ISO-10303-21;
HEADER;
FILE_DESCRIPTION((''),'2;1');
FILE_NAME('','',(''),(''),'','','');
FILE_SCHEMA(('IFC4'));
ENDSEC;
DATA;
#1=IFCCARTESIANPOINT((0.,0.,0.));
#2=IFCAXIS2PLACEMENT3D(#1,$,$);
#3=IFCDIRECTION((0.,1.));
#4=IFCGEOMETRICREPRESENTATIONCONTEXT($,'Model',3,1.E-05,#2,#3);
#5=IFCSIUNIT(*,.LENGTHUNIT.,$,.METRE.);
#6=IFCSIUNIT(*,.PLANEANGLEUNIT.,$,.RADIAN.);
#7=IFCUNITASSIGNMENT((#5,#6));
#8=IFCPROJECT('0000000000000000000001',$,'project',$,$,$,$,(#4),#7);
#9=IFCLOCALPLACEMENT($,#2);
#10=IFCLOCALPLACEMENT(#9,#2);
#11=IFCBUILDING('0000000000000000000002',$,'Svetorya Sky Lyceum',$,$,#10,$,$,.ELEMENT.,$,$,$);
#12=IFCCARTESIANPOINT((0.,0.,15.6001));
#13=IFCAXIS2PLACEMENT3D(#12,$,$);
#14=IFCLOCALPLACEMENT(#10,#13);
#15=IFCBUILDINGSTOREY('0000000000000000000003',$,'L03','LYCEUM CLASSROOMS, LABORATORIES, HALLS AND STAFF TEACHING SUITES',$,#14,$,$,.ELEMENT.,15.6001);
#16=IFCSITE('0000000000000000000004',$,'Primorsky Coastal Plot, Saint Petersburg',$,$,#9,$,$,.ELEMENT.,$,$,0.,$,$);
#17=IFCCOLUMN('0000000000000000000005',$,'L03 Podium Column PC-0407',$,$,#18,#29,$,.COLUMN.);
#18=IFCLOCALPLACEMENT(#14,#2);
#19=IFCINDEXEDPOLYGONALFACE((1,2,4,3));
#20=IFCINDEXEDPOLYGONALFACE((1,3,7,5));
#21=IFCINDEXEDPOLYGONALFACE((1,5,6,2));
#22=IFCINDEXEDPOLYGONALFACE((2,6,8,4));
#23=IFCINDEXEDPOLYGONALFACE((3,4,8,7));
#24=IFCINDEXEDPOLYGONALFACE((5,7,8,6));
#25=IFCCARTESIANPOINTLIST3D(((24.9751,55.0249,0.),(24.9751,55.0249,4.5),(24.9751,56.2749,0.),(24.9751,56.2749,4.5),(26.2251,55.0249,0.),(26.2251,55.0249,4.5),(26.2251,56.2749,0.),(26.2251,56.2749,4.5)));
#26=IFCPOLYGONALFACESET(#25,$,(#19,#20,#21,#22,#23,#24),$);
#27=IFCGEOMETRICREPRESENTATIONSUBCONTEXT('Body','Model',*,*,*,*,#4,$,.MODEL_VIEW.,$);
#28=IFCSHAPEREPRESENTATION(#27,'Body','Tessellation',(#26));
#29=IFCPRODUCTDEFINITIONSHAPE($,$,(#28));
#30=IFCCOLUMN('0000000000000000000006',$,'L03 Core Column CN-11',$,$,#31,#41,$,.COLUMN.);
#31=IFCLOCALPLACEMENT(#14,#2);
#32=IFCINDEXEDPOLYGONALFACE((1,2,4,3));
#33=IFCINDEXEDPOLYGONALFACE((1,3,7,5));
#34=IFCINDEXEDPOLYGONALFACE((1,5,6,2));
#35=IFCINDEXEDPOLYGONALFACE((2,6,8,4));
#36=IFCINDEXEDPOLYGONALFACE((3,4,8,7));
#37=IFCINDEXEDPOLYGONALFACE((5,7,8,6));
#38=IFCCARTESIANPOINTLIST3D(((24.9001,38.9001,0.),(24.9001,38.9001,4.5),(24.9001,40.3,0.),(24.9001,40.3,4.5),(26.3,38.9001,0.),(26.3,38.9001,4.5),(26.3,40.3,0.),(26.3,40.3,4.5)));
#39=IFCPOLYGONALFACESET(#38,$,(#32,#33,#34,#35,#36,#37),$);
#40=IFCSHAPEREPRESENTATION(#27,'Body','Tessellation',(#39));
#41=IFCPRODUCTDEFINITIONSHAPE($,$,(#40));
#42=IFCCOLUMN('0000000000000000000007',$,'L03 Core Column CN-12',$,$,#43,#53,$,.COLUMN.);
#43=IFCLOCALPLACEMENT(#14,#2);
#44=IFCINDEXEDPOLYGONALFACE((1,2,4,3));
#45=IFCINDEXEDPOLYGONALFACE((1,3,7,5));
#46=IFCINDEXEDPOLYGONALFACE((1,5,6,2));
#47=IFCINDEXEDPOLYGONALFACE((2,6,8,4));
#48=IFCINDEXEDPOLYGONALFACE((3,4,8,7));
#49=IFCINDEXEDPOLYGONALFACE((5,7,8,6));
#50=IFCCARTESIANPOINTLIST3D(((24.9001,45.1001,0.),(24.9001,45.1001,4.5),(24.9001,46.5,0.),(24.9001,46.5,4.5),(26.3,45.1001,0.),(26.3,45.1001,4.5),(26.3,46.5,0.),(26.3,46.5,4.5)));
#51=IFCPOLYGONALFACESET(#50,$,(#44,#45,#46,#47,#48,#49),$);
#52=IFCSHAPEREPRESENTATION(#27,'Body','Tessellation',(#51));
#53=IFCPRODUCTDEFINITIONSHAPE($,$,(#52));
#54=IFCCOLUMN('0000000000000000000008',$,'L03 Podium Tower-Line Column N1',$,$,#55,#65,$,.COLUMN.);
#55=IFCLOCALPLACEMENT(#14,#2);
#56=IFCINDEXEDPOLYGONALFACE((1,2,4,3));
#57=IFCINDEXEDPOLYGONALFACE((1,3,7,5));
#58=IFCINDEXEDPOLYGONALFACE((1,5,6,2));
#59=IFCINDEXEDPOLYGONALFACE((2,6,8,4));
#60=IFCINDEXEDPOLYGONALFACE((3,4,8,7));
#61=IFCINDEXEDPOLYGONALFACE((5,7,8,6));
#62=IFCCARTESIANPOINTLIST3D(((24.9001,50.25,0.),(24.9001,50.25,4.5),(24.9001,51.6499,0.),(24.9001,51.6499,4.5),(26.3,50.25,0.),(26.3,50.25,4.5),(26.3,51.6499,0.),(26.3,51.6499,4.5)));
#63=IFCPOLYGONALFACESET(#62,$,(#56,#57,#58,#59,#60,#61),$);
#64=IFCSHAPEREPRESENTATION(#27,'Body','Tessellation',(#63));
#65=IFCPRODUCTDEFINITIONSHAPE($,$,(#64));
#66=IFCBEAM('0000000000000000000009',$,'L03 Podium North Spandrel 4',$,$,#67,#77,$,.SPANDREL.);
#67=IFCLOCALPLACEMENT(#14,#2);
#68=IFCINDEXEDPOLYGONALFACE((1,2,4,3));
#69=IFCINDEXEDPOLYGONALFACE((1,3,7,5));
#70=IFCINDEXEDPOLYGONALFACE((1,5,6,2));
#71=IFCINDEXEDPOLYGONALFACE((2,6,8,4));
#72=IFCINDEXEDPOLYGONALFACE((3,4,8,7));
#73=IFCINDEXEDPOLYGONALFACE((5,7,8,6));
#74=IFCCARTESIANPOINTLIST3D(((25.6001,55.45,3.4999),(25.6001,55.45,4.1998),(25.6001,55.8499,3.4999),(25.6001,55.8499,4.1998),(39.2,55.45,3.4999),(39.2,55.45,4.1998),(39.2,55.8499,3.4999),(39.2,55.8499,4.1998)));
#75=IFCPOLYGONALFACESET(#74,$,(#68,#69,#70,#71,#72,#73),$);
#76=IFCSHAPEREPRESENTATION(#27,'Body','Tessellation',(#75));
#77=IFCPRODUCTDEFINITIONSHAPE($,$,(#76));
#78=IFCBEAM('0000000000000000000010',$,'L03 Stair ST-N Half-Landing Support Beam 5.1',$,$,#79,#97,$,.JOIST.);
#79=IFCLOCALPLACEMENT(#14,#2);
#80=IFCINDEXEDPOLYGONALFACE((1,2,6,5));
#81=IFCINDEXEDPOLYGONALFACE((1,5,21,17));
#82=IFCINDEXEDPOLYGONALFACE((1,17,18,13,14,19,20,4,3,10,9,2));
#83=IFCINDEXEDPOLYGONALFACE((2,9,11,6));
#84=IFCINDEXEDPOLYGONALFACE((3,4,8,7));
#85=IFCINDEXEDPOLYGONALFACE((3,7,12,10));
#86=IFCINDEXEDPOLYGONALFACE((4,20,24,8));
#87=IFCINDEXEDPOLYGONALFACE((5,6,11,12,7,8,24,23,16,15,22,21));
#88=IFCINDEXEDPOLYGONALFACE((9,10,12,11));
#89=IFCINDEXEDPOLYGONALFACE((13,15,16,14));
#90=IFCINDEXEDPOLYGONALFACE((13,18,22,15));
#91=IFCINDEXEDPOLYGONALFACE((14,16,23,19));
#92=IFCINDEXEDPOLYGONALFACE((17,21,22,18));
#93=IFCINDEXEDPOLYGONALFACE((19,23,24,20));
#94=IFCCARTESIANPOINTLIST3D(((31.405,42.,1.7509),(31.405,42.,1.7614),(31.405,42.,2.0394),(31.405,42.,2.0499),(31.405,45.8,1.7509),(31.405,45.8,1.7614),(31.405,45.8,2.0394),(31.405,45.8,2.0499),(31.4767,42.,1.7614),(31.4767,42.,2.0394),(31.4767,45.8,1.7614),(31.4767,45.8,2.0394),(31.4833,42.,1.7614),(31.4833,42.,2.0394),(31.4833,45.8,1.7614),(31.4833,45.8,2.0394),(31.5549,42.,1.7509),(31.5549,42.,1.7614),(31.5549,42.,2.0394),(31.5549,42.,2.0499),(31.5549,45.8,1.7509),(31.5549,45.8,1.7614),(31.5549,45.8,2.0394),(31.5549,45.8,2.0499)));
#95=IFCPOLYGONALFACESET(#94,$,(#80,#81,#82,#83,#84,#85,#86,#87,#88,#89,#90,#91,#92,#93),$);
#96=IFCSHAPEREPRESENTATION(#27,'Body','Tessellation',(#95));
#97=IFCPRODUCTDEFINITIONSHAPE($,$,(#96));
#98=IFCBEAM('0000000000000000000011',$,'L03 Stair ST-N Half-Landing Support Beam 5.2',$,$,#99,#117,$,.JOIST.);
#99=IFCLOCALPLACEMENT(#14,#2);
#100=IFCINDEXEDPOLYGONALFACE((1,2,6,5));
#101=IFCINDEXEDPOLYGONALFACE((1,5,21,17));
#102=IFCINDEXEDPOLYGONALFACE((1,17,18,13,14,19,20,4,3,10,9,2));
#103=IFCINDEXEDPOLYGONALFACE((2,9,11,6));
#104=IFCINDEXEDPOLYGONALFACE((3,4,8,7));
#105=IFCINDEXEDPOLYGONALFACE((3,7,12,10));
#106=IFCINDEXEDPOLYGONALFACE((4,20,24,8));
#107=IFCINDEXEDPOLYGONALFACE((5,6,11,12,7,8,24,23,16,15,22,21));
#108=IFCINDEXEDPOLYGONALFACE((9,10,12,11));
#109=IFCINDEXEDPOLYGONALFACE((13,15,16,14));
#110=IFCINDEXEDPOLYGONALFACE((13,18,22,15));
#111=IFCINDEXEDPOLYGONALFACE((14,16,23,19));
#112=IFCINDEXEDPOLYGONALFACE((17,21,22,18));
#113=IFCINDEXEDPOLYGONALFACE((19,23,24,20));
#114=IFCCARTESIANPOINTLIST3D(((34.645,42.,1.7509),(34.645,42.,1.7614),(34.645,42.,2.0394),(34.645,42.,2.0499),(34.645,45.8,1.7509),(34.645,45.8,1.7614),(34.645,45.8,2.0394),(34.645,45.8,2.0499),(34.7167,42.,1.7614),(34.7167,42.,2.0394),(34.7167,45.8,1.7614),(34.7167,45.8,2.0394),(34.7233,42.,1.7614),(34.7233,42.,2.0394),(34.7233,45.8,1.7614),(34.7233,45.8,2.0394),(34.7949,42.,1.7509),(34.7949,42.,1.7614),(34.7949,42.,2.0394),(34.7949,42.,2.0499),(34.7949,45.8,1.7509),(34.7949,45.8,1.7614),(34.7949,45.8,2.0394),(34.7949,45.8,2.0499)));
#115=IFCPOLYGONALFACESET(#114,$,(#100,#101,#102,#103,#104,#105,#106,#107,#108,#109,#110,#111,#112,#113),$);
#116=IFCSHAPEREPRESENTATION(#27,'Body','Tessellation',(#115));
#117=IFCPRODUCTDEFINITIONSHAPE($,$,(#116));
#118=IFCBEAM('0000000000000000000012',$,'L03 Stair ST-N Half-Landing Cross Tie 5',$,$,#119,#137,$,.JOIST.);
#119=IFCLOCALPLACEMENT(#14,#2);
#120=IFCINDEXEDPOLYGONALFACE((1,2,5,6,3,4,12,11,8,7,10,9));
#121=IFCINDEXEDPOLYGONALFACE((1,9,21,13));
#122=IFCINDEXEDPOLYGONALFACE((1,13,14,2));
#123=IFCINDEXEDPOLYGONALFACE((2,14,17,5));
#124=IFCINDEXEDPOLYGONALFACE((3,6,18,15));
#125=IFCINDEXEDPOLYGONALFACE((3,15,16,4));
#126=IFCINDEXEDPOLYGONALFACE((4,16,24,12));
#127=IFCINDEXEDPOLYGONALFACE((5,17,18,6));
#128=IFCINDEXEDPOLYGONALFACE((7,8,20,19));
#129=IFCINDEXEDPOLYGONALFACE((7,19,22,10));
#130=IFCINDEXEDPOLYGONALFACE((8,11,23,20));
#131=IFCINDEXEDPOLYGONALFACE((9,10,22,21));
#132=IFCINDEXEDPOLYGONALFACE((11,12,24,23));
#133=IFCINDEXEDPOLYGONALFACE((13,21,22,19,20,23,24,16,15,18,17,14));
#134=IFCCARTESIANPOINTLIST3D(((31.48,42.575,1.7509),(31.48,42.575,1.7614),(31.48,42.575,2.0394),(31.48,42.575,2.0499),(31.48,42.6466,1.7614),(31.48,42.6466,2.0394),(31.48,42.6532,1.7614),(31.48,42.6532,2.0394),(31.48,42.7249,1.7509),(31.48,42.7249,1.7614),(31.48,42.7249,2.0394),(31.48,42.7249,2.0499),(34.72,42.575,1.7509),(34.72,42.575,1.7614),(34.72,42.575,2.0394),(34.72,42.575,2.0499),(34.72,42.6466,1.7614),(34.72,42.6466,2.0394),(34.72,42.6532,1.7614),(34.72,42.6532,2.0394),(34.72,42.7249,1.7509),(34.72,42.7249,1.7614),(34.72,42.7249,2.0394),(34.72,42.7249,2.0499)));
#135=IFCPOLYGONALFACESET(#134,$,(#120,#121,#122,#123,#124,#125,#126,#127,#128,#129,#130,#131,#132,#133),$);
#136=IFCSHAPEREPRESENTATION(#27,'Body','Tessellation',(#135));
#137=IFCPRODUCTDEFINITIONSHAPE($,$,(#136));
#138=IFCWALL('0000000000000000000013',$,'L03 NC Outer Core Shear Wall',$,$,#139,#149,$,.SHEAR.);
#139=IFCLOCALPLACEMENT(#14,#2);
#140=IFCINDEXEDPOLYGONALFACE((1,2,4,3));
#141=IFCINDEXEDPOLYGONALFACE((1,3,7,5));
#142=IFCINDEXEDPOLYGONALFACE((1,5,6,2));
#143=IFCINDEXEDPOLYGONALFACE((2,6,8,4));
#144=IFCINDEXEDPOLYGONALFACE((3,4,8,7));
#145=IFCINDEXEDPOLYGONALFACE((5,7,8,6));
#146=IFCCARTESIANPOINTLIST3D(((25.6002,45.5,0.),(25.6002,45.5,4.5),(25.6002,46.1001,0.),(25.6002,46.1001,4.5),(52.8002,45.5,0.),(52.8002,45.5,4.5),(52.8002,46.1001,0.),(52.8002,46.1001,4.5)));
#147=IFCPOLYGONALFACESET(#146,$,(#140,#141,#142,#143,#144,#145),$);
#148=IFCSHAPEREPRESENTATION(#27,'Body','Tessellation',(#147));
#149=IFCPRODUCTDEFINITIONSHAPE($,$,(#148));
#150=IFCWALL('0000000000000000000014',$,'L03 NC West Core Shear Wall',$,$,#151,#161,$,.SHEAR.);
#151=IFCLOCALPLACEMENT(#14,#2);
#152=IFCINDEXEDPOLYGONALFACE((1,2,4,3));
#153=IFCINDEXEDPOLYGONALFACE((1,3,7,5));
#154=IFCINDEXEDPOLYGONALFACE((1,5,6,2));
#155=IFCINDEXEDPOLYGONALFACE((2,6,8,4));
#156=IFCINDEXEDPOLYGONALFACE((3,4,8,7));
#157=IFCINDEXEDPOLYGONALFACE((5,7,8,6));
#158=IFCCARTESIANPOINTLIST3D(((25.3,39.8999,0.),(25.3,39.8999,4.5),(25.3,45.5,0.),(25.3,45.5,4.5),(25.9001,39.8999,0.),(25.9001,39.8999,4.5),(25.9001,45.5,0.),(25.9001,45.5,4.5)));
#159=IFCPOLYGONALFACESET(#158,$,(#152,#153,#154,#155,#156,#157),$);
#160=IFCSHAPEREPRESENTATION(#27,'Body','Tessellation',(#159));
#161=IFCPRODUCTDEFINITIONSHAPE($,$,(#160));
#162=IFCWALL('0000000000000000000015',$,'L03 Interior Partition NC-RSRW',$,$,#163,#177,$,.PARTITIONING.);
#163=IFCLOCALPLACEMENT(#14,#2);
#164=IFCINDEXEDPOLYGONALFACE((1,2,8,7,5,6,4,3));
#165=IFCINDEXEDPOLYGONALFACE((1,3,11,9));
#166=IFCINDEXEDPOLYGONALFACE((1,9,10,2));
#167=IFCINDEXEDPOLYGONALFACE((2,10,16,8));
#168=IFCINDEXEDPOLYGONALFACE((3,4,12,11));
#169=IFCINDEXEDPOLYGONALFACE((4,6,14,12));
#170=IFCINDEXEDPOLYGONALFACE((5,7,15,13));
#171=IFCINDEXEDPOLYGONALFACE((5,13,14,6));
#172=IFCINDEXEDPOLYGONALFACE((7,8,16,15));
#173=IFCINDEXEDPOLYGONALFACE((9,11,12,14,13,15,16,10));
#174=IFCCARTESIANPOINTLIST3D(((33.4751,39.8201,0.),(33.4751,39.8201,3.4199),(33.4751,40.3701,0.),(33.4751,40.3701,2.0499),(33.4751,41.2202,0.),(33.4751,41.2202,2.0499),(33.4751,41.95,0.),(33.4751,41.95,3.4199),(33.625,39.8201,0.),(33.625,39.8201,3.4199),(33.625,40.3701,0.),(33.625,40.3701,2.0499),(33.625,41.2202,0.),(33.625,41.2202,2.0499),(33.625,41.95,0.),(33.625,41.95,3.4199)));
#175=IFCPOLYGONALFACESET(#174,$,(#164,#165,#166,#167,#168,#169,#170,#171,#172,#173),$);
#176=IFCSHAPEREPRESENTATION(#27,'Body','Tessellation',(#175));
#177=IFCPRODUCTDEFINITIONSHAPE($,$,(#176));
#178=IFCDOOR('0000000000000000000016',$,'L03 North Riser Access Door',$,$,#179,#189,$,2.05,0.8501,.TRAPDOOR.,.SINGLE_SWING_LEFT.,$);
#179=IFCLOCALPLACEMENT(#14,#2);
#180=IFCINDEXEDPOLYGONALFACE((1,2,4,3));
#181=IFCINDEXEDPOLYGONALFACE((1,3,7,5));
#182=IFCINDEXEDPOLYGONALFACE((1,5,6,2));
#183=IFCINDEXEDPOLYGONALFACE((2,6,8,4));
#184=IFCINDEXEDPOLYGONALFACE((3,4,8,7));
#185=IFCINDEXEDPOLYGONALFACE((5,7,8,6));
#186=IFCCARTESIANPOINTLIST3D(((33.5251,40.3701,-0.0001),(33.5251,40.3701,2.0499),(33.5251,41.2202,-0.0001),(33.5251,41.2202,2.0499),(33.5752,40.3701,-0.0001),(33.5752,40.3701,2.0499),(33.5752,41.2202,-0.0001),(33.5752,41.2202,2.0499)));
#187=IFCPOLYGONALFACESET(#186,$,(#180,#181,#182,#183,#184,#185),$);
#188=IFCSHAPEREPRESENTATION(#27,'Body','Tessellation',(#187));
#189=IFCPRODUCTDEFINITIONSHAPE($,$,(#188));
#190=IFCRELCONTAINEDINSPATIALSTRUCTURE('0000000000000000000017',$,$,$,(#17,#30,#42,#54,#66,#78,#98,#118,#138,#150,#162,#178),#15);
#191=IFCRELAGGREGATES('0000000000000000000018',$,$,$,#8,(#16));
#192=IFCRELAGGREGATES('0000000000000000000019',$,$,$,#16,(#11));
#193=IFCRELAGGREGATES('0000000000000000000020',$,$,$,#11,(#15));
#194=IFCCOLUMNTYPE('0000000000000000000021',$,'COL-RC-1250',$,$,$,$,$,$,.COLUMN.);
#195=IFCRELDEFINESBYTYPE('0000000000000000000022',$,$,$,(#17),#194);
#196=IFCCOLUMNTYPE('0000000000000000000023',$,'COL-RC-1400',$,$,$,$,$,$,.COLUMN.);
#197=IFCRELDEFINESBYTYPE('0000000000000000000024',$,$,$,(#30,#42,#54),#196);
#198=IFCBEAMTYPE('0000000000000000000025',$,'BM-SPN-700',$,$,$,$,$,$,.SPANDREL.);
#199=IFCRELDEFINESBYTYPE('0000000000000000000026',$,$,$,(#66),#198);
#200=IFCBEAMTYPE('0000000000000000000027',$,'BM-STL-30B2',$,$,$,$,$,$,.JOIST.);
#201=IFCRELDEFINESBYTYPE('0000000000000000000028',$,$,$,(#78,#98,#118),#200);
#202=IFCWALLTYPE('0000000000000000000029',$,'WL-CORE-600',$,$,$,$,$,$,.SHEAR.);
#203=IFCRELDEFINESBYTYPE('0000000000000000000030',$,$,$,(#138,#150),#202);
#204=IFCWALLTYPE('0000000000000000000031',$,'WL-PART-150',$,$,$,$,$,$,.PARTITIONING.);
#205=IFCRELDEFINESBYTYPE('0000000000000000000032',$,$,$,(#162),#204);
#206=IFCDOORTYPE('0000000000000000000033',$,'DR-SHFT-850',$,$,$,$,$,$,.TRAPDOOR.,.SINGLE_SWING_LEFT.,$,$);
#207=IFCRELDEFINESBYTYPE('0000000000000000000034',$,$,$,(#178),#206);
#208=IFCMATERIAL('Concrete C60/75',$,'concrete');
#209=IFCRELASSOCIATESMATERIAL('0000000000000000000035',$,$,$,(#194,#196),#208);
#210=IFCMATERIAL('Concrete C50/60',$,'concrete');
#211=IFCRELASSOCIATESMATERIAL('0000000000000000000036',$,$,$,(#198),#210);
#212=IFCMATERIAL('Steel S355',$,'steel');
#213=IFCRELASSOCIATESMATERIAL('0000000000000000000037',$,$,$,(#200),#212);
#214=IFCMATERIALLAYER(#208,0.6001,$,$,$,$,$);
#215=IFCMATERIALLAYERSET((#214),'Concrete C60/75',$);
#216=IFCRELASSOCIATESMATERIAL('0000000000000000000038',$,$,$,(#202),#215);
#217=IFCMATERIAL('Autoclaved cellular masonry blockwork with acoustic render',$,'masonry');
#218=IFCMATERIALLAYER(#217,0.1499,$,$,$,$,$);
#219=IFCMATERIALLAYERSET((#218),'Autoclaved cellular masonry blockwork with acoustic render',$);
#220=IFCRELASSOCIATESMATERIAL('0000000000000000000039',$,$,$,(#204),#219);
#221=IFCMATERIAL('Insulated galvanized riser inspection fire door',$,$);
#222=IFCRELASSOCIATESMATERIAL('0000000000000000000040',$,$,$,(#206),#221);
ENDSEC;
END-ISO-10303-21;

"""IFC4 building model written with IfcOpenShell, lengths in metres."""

from ifc_helpers import new_model, si_unit, direction, frame, frame_2d, origin, origin_2d, place, context, subcontext, project, spatial, rectangle, i_section, extrude, material, layer, layer_set, material_profile, profile_set, type_object, element, fill, save


model = new_model("IFC4")

# Units and contexts
model_context = context("Model", 3, precision=1e-05, world=origin(), true_north=direction((0.0, 1.0)))
body_context = subcontext(model_context, "Body", "Model", "MODEL_VIEW")
ifc_project = project(units=[si_unit("LENGTHUNIT", "METRE"), si_unit("PLANEANGLEUNIT", "RADIAN")], contexts=[model_context])

# Site, building, storey
site_placement = place(None, origin())
site = spatial("IfcSite", under=ifc_project, at=site_placement, Name="Primorsky Coastal Plot, Saint Petersburg", CompositionType="ELEMENT", RefElevation=0.0)
building_placement = place(site_placement, origin())
building = spatial("IfcBuilding", under=site, at=building_placement, Name="Svetorya Sky Lyceum", CompositionType="ELEMENT")
storey_placement = place(building_placement, frame((0.0, 0.0, 15.6001)))
storey = spatial("IfcBuildingStorey", under=building, at=storey_placement, Name="L03", Description="LYCEUM CLASSROOMS, LABORATORIES, HALLS AND STAFF TEACHING SUITES", CompositionType="ELEMENT", Elevation=15.6001)

# Columns
ifc_material_1 = material(Name="Concrete C60/75", Category="concrete")
ifc_material_profile_1 = material_profile(ifc_material_1, rectangle(XDim=1.25, YDim=1.25, at=origin_2d()), Name="RC COL 1250x1250")
ifc_profile_set_1 = profile_set([ifc_material_profile_1], Name="Concrete C60/75")
column_type_1 = type_object("IfcColumnType", Name="COL-RC-1250", PredefinedType="COLUMN", material=ifc_profile_set_1)
column_placement = place(storey_placement, frame((25.6001, 55.6499, 0.0), z_axis=(0.0, 0.0, 1.0), x_axis=(1.0, 0.0, 0.0)))
element("IfcColumn", 1, at=column_placement, inside=storey, type_object=column_type_1, Name="L03 Podium Column PC-0407", PredefinedType="COLUMN", context=body_context, shape_type="SweptSolid", body=[
    extrude(rectangle(XDim=1.25, YDim=1.25, at=origin_2d()), origin(), (0.0, 0.0, 1.0), 4.5),
])
ifc_material_profile_2 = material_profile(ifc_material_1, rectangle(XDim=1.3999, YDim=1.3999, at=origin_2d()), Name="RC COL 1400x1400")
ifc_profile_set_2 = profile_set([ifc_material_profile_2], Name="Concrete C60/75")
column_type_2 = type_object("IfcColumnType", Name="COL-RC-1400", PredefinedType="COLUMN", material=ifc_profile_set_2)
for number, where, z_axis, x_axis, name in (
    (2, (25.6001, 39.6001, 0.0), (0.0, 0.0, 1.0), (1.0, 0.0, 0.0), "L03 Core Column CN-11"),
    (3, (25.6001, 45.8, 0.0), (0.0, 0.0, 1.0), (1.0, 0.0, 0.0), "L03 Core Column CN-12"),
    (4, (25.6001, 50.95, 0.0), (0.0, 0.0, 1.0), (1.0, 0.0, 0.0), "L03 Podium Tower-Line Column N1"),
):
    element("IfcColumn", number, at=place(storey_placement, frame(where, z_axis=z_axis, x_axis=x_axis)), inside=storey, type_object=column_type_2, Name=name, PredefinedType="COLUMN", context=body_context, shape_type="SweptSolid", body=[
        extrude(rectangle(XDim=1.3999, YDim=1.3999, at=origin_2d()), origin(), (0.0, 0.0, 1.0), 4.5),
    ])

# Beams
ifc_material_2 = material(Name="Concrete C50/60", Category="concrete")
ifc_material_profile_3 = material_profile(ifc_material_2, rectangle(XDim=0.3999, YDim=0.7, at=origin_2d()), Name="RC SPANDREL 400x700")
ifc_profile_set_3 = profile_set([ifc_material_profile_3], Name="Concrete C50/60")
beam_type_1 = type_object("IfcBeamType", Name="BM-SPN-700", PredefinedType="SPANDREL", material=ifc_profile_set_3)
beam_1_placement = place(storey_placement, frame((25.6001, 55.6499, 3.8499), z_axis=(1.0, 0.0, 0.0), x_axis=(0.0, 1.0, 0.0)))
element("IfcBeam", 5, at=beam_1_placement, inside=storey, type_object=beam_type_1, Name="L03 Podium North Spandrel 4", PredefinedType="SPANDREL", context=body_context, shape_type="SweptSolid", body=[
    extrude(rectangle(XDim=0.3999, YDim=0.7, at=origin_2d()), origin(), (0.0, 0.0, 1.0), 13.5999),
])
ifc_material_3 = material(Name="Steel S355", Category="steel")
ifc_material_profile_4 = material_profile(ifc_material_3, i_section(OverallWidth=0.1499, OverallDepth=0.2991, WebThickness=0.0066, FlangeThickness=0.0105, at=origin_2d()), Name="GOST 30B2")
ifc_profile_set_4 = profile_set([ifc_material_profile_4], Name="Steel S355")
beam_type_2 = type_object("IfcBeamType", Name="BM-STL-30B2", PredefinedType="JOIST", material=ifc_profile_set_4)
for number, where, z_axis, x_axis, name in (
    (6, (31.48, 42.0, 1.9004), (0.0, 1.0, 0.0), (-1.0, 0.0, 0.0), "L03 Stair ST-N Half-Landing Support Beam 5.1"),
    (7, (34.72, 42.0, 1.9004), (0.0, 1.0, 0.0), (-1.0, 0.0, 0.0), "L03 Stair ST-N Half-Landing Support Beam 5.2"),
):
    element("IfcBeam", number, at=place(storey_placement, frame(where, z_axis=z_axis, x_axis=x_axis)), inside=storey, type_object=beam_type_2, Name=name, PredefinedType="JOIST", context=body_context, shape_type="SweptSolid", body=[
        extrude(i_section(OverallWidth=0.1499, OverallDepth=0.2991, WebThickness=0.0066, FlangeThickness=0.0105, at=origin_2d()), origin(), (0.0, 0.0, 1.0), 3.8),
    ])
beam_2_placement = place(storey_placement, frame((31.48, 42.6499, 1.9004), z_axis=(1.0, 0.0, 0.0), x_axis=(0.0, 1.0, 0.0)))
element("IfcBeam", 8, at=beam_2_placement, inside=storey, type_object=beam_type_2, Name="L03 Stair ST-N Half-Landing Cross Tie 5", PredefinedType="JOIST", context=body_context, shape_type="SweptSolid", body=[
    extrude(i_section(OverallWidth=0.1499, OverallDepth=0.2991, WebThickness=0.0066, FlangeThickness=0.0105, at=origin_2d()), origin(), (0.0, 0.0, 1.0), 3.24),
])

# Walls
ifc_layer_1 = layer(ifc_material_1, 0.6001)
ifc_layer_set_1 = layer_set([ifc_layer_1], Name="Concrete C60/75")
wall_type_1 = type_object("IfcWallType", Name="WL-CORE-600", PredefinedType="SHEAR", material=ifc_layer_set_1)
wall_1_placement = place(storey_placement, frame((25.6001, 45.8, 0.0), z_axis=(0.0, 0.0, 1.0), x_axis=(1.0, 0.0, 0.0)))
element("IfcWall", 9, at=wall_1_placement, inside=storey, type_object=wall_type_1, Name="L03 NC Outer Core Shear Wall", PredefinedType="SHEAR", context=body_context, shape_type="SweptSolid", body=[
    extrude(rectangle(XDim=27.2, YDim=0.6001, at=frame_2d((13.6001, 0.0))), origin(), (0.0, 0.0, 1.0), 4.5),
])
wall_2_placement = place(storey_placement, frame((25.6001, 39.8999, 0.0), z_axis=(0.0, 0.0, 1.0), x_axis=(0.0, 1.0, 0.0)))
element("IfcWall", 10, at=wall_2_placement, inside=storey, type_object=wall_type_1, Name="L03 NC West Core Shear Wall", PredefinedType="SHEAR", context=body_context, shape_type="SweptSolid", body=[
    extrude(rectangle(XDim=5.6001, YDim=0.6001, at=frame_2d((2.8, 0.0))), origin(), (0.0, 0.0, 1.0), 4.5),
])

# Wall, opening, door
ifc_material_4 = material(Name="Autoclaved cellular masonry blockwork with acoustic render", Category="masonry")
ifc_layer_2 = layer(ifc_material_4, 0.1499)
ifc_layer_set_2 = layer_set([ifc_layer_2], Name="Autoclaved cellular masonry blockwork with acoustic render")
wall_type_2 = type_object("IfcWallType", Name="WL-PART-150", PredefinedType="PARTITIONING", material=ifc_layer_set_2)
wall_3_placement = place(storey_placement, frame((33.55, 39.8201, 0.0), z_axis=(0.0, 0.0, 1.0), x_axis=(0.0, 1.0, 0.0)))
wall_3 = element("IfcWall", 11, at=wall_3_placement, inside=storey, type_object=wall_type_2, Name="L03 Interior Partition NC-RSRW", PredefinedType="PARTITIONING", context=body_context, shape_type="SweptSolid", body=[
    extrude(rectangle(XDim=2.1299, YDim=0.1499, at=frame_2d((1.0649, 0.0))), origin(), (0.0, 0.0, 1.0), 3.4199),
])
opening_placement = place(wall_3_placement, frame((0.55, 0.0, 0.0)))
opening = element("IfcOpeningElement", 12, at=opening_placement, cuts=wall_3, PredefinedType="OPENING", context=body_context, shape_type="SweptSolid", body=[
    extrude(rectangle(XDim=0.8501, YDim=2.05, at=frame_2d((0.425, 1.0249))), frame((0.0, 0.085, 0.0), z_axis=(0.0, -1.0, 0.0), x_axis=(1.0, 0.0, 0.0)), (0.0, 0.0, 1.0), 0.1699),
])
ifc_material_5 = material(Name="Insulated galvanized riser inspection fire door")
door_type = type_object("IfcDoorType", Name="DR-SHFT-850", OperationType="SINGLE_SWING_LEFT", PredefinedType="TRAPDOOR", material=ifc_material_5)
door_placement = place(opening_placement, origin())
door = element("IfcDoor", 13, at=door_placement, inside=storey, type_object=door_type, Name="L03 North Riser Access Door", OperationType="SINGLE_SWING_LEFT", OverallHeight=2.05, OverallWidth=0.8501, PredefinedType="TRAPDOOR", context=body_context, shape_type="SweptSolid", body=[
    extrude(rectangle(XDim=0.8501, YDim=2.05, at=frame_2d((0.425, 1.0249))), frame((0.0, 0.0249, 0.0), z_axis=(0.0, -1.0, 0.0), x_axis=(1.0, 0.0, 0.0)), (0.0, 0.0, 1.0), 0.05),
])
fill(opening, door)

save(model, "model.ifc")
